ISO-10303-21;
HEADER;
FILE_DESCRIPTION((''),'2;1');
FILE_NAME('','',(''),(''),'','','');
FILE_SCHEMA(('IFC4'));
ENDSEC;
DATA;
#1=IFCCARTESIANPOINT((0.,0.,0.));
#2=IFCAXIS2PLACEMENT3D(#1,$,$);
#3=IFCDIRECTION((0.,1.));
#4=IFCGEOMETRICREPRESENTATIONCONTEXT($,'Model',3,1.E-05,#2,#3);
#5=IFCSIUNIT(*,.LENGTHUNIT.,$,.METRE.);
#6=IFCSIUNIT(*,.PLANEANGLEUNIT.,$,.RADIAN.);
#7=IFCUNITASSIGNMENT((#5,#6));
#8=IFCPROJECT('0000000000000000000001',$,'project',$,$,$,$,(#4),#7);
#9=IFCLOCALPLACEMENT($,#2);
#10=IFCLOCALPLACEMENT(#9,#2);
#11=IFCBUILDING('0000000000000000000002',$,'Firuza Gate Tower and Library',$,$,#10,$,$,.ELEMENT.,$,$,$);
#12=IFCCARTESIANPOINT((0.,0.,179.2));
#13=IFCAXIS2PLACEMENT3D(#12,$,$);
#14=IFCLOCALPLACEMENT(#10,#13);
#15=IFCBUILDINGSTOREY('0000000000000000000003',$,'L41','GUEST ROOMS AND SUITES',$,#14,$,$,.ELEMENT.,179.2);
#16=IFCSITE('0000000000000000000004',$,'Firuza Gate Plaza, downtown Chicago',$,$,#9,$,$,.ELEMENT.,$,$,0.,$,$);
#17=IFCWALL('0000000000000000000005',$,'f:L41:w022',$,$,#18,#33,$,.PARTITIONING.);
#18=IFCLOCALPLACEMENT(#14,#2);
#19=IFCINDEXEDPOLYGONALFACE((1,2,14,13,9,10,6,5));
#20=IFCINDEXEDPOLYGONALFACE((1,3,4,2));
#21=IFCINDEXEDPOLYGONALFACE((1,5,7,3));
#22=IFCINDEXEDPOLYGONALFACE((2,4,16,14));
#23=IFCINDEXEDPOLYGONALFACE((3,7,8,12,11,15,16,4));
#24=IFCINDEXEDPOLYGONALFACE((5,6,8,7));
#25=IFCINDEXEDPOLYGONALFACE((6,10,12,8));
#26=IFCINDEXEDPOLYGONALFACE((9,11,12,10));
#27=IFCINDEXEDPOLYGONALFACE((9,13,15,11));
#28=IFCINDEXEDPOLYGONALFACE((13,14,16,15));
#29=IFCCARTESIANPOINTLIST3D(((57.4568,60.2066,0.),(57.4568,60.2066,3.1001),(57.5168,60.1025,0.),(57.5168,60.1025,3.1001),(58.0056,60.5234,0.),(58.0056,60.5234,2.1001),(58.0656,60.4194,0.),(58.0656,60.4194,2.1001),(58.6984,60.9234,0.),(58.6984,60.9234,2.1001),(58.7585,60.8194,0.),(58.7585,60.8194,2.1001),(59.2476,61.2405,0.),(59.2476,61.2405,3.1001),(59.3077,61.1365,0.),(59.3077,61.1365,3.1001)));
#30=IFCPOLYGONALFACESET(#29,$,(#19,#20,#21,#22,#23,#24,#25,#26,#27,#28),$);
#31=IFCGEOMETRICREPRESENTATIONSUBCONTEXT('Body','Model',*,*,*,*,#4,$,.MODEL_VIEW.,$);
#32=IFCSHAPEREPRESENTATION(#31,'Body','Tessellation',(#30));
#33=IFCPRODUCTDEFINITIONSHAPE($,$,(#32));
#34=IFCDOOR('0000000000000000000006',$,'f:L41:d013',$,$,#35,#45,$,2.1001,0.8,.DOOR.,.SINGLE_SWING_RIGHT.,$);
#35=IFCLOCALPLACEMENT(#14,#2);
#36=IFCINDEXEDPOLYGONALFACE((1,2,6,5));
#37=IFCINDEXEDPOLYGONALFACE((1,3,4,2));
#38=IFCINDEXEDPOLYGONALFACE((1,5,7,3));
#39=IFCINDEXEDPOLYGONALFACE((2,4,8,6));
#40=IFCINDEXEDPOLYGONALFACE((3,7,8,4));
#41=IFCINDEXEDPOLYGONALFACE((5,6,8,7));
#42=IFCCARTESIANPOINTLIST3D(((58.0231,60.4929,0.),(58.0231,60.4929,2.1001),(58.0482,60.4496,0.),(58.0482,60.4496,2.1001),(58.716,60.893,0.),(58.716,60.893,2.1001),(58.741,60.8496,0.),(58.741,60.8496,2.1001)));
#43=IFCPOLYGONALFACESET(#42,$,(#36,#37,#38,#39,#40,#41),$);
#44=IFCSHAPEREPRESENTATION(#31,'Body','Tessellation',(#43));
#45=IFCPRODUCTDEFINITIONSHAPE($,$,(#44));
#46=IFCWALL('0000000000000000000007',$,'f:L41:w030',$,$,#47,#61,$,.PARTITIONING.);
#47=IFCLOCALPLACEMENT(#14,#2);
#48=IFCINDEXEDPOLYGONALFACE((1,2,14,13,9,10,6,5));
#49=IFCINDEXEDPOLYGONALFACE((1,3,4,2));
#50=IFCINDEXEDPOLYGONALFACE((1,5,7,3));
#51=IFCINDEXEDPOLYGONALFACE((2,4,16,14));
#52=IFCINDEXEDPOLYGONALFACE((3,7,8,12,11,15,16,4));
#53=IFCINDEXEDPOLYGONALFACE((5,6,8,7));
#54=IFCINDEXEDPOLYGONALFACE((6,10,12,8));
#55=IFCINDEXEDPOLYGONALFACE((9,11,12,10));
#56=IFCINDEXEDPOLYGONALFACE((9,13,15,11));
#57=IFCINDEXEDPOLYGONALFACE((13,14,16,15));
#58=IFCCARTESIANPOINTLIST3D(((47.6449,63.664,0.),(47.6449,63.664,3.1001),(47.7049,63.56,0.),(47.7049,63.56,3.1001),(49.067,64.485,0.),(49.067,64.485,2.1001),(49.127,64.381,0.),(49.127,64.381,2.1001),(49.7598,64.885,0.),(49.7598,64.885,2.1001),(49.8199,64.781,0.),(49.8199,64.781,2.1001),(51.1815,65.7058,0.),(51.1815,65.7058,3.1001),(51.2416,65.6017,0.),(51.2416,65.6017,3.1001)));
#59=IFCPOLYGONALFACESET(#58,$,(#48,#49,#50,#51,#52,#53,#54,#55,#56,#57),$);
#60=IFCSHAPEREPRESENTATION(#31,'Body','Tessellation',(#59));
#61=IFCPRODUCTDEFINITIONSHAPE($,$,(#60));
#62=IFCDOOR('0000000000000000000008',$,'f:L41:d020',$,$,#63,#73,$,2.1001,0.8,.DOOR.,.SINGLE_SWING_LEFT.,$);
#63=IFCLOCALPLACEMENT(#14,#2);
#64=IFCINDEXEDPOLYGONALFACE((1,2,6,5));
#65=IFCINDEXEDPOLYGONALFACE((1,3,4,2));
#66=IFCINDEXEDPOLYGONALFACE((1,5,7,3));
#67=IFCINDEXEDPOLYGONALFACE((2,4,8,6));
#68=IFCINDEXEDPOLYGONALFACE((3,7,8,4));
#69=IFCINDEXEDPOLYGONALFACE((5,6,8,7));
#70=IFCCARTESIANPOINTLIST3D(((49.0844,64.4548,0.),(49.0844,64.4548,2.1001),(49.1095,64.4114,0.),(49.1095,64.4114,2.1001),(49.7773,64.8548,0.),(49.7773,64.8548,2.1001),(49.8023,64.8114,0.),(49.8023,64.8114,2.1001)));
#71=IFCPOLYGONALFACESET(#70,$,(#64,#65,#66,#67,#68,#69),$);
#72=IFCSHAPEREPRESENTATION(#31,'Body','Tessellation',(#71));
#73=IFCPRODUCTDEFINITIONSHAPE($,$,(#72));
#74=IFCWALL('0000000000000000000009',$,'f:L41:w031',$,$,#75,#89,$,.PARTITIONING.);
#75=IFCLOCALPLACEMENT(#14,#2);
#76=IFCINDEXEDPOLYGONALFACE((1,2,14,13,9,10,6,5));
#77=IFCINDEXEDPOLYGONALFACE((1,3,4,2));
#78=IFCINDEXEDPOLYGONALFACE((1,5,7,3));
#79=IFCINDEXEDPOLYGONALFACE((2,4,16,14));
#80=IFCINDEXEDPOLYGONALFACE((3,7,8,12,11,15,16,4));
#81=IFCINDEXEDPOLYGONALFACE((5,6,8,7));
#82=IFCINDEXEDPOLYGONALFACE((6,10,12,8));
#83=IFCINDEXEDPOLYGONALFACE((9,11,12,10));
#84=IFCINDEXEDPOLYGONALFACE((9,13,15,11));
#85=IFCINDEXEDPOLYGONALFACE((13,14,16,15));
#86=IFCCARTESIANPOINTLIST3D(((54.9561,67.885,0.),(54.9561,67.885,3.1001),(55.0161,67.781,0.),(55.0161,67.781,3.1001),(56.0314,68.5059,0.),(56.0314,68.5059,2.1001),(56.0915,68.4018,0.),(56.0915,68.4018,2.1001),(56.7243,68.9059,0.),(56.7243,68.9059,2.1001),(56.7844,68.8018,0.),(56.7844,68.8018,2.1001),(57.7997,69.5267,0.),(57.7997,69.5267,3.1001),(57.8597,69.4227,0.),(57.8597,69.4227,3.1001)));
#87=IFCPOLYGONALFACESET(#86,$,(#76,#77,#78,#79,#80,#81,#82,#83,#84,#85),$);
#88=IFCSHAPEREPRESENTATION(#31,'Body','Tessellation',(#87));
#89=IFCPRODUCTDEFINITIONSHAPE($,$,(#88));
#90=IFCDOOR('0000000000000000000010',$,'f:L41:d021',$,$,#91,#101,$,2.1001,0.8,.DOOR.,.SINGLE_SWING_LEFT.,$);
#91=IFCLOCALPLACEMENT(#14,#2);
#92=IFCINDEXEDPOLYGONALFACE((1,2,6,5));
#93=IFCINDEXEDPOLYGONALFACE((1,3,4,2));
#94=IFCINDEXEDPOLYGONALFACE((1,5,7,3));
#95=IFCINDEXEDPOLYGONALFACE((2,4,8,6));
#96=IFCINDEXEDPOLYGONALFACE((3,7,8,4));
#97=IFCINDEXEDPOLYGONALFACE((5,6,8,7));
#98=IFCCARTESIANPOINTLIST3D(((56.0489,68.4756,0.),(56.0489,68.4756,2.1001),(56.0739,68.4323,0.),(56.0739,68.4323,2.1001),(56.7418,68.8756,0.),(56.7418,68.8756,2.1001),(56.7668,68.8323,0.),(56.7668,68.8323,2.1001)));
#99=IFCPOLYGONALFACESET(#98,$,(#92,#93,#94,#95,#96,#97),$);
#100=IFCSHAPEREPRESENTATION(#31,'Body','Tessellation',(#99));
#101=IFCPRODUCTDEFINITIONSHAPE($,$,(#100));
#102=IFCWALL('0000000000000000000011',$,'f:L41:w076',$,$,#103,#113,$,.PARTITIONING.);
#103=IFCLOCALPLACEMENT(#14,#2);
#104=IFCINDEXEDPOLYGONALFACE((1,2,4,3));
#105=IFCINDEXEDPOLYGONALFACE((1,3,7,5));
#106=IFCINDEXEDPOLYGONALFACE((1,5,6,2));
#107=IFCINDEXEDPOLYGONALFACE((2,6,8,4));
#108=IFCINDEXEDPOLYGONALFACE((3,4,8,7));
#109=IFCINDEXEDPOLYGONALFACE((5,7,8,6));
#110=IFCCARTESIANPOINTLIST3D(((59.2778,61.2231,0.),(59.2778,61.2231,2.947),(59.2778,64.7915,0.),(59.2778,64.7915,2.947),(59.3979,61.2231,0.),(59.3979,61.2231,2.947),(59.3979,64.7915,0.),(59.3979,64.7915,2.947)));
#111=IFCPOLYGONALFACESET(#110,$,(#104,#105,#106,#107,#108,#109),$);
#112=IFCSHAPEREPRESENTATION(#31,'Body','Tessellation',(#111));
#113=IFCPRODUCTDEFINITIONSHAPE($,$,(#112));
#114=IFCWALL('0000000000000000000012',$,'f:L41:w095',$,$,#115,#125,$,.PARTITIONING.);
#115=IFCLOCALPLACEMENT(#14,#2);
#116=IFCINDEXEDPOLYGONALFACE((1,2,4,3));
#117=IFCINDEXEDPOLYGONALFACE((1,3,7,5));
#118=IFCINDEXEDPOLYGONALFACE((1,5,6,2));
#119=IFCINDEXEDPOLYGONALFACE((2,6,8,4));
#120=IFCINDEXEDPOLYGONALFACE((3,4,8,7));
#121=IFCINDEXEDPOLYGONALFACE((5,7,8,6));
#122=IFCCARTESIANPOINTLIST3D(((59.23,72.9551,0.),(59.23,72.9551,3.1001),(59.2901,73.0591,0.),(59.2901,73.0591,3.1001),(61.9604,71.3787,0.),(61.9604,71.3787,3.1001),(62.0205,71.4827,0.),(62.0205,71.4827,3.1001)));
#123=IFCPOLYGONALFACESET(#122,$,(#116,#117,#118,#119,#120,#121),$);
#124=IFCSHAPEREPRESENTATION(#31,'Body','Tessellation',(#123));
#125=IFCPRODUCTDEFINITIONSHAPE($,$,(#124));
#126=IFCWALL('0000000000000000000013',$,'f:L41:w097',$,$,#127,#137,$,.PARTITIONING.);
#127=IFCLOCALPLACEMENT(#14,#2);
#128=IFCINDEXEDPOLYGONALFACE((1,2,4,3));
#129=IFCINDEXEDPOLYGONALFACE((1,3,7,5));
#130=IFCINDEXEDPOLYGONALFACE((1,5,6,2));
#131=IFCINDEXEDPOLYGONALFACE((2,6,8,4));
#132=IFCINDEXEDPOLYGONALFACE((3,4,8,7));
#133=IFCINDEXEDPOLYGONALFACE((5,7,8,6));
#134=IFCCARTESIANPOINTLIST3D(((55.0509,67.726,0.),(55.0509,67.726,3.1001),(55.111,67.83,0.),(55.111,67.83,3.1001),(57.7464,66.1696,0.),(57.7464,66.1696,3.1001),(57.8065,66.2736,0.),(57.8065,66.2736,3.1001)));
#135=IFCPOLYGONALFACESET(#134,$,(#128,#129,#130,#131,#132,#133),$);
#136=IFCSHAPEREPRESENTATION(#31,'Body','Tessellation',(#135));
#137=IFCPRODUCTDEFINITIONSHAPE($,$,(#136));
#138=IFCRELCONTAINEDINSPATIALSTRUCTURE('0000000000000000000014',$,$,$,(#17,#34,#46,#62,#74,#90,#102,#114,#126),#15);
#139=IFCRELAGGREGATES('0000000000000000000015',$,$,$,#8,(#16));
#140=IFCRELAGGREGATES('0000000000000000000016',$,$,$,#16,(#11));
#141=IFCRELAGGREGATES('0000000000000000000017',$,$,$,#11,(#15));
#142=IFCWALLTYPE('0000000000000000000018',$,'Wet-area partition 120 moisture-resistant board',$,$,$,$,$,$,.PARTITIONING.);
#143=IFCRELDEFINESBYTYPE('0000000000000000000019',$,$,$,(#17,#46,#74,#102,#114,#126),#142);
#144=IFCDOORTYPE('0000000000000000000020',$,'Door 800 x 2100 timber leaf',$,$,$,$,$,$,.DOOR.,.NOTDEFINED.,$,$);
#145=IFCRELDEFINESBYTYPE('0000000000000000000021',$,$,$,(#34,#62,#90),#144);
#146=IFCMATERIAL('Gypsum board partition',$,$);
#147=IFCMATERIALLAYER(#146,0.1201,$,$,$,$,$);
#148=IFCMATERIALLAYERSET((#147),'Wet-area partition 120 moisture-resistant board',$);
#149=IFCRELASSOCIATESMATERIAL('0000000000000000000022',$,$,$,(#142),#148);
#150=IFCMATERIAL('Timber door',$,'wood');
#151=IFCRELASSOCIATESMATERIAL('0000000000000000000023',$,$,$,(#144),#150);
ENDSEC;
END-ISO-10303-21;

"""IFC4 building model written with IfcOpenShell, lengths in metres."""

from ifc_helpers import new_model, si_unit, direction, frame, frame_2d, origin, place, context, subcontext, project, spatial, rectangle, extrude, material, layer, layer_set, type_object, element, fill, save


model = new_model("IFC4")

# Units and contexts
model_context = context("Model", 3, precision=1e-05, world=origin(), true_north=direction((0.0, 1.0)))
body_context = subcontext(model_context, "Body", "Model", "MODEL_VIEW")
ifc_project = project(units=[si_unit("LENGTHUNIT", "METRE"), si_unit("PLANEANGLEUNIT", "RADIAN")], contexts=[model_context])

# Site, building, storey
site_placement = place(None, origin())
site = spatial("IfcSite", under=ifc_project, at=site_placement, Name="Firuza Gate Plaza, downtown Chicago", CompositionType="ELEMENT", RefElevation=0.0)
building_placement = place(site_placement, origin())
building = spatial("IfcBuilding", under=site, at=building_placement, Name="Firuza Gate Tower and Library", CompositionType="ELEMENT")
storey_placement = place(building_placement, frame((0.0, 0.0, 179.2)))
storey = spatial("IfcBuildingStorey", under=building, at=storey_placement, Name="L41", Description="GUEST ROOMS AND SUITES", CompositionType="ELEMENT", Elevation=179.2)

# Walls, openings, doors
ifc_material_1 = material(Name="Gypsum board partition")
ifc_layer_1 = layer(ifc_material_1, 0.1201)
ifc_layer_set_1 = layer_set([ifc_layer_1], Name="Wet-area partition 120 moisture-resistant board")
wall_type_1 = type_object("IfcWallType", Name="Wet-area partition 120 moisture-resistant board", PredefinedType="PARTITIONING", material=ifc_layer_set_1)
ifc_material_2 = material(Name="Timber door", Category="wood")
door_type_1 = type_object("IfcDoorType", Name="Door 800 x 2100 timber leaf", OperationType="NOTDEFINED", PredefinedType="DOOR", material=ifc_material_2)
wall_1_placement = place(storey_placement, frame((57.4868, 60.1545, 0.0), z_axis=(0.0, 0.0, 1.0), x_axis=(0.866018, 0.500012, 0.0)))
wall_1 = element("IfcWall", 1, at=wall_1_placement, inside=storey, type_object=wall_type_1, Name="f:L41:w022", PredefinedType="PARTITIONING", context=body_context, shape_type="SweptSolid", body=[
    extrude(rectangle(XDim=2.0679, YDim=0.1201, at=frame_2d((1.0339, 0.0))), origin(), (0.0, 0.0, 1.0), 3.1001),
])
opening_1_placement = place(wall_1_placement, frame((0.6338, 0.0, 0.0)))
opening_1 = element("IfcOpeningElement", 2, at=opening_1_placement, cuts=wall_1, PredefinedType="OPENING", context=body_context, shape_type="SweptSolid", body=[
    extrude(rectangle(XDim=0.8, YDim=2.1001, at=frame_2d((0.3999, 1.05))), frame((0.0, 0.0701, 0.0), z_axis=(0.0, -1.0, 0.0), x_axis=(1.0, 0.0, 0.0)), (0.0, 0.0, 1.0), 0.1401),
])
door_1_placement = place(opening_1_placement, origin())
door_1 = element("IfcDoor", 3, at=door_1_placement, inside=storey, type_object=door_type_1, Name="f:L41:d013", OperationType="SINGLE_SWING_RIGHT", OverallHeight=2.1001, OverallWidth=0.8, PredefinedType="DOOR", context=body_context, shape_type="SweptSolid", body=[
    extrude(rectangle(XDim=0.8, YDim=2.1001, at=frame_2d((0.3999, 1.05))), frame((0.0, 0.0249, 0.0), z_axis=(0.0, -1.0, 0.0), x_axis=(1.0, 0.0, 0.0)), (0.0, 0.0, 1.0), 0.05),
])
fill(opening_1, door_1)
wall_2_placement = place(storey_placement, frame((51.2117, 65.6538, 0.0), z_axis=(0.0, 0.0, 1.0), x_axis=(-0.866038, -0.499978, 0.0)))
wall_2 = element("IfcWall", 4, at=wall_2_placement, inside=storey, type_object=wall_type_1, Name="f:L41:w030", PredefinedType="PARTITIONING", context=body_context, shape_type="SweptSolid", body=[
    extrude(rectangle(XDim=4.0837, YDim=0.1201, at=frame_2d((2.042, 0.0))), origin(), (0.0, 0.0, 1.0), 3.1001),
])
opening_2_placement = place(wall_2_placement, frame((1.6418, 0.0, 0.0)))
opening_2 = element("IfcOpeningElement", 5, at=opening_2_placement, cuts=wall_2, PredefinedType="OPENING", context=body_context, shape_type="SweptSolid", body=[
    extrude(rectangle(XDim=0.8, YDim=2.1001, at=frame_2d((0.3999, 1.05))), frame((0.0, 0.0701, 0.0), z_axis=(0.0, -1.0, 0.0), x_axis=(1.0, 0.0, 0.0)), (0.0, 0.0, 1.0), 0.1401),
])
door_2_placement = place(opening_2_placement, origin())
door_2 = element("IfcDoor", 6, at=door_2_placement, inside=storey, type_object=door_type_1, Name="f:L41:d020", OperationType="SINGLE_SWING_LEFT", OverallHeight=2.1001, OverallWidth=0.8, PredefinedType="DOOR", context=body_context, shape_type="SweptSolid", body=[
    extrude(rectangle(XDim=0.8, YDim=2.1001, at=frame_2d((0.3999, 1.05))), frame((0.0, 0.0249, 0.0), z_axis=(0.0, -1.0, 0.0), x_axis=(1.0, 0.0, 0.0)), (0.0, 0.0, 1.0), 0.05),
])
fill(opening_2, door_2)
wall_3_placement = place(storey_placement, frame((57.8296, 69.4746, 0.0), z_axis=(0.0, 0.0, 1.0), x_axis=(-0.866038, -0.499978, 0.0)))
wall_3 = element("IfcWall", 7, at=wall_3_placement, inside=storey, type_object=wall_type_1, Name="f:L41:w031", PredefinedType="PARTITIONING", context=body_context, shape_type="SweptSolid", body=[
    extrude(rectangle(XDim=3.2834, YDim=0.1201, at=frame_2d((1.6416, 0.0))), origin(), (0.0, 0.0, 1.0), 3.1001),
])
opening_3_placement = place(wall_3_placement, frame((1.2417, 0.0, 0.0)))
opening_3 = element("IfcOpeningElement", 8, at=opening_3_placement, cuts=wall_3, PredefinedType="OPENING", context=body_context, shape_type="SweptSolid", body=[
    extrude(rectangle(XDim=0.8, YDim=2.1001, at=frame_2d((0.3999, 1.05))), frame((0.0, 0.0701, 0.0), z_axis=(0.0, -1.0, 0.0), x_axis=(1.0, 0.0, 0.0)), (0.0, 0.0, 1.0), 0.1401),
])
door_3_placement = place(opening_3_placement, origin())
door_3 = element("IfcDoor", 9, at=door_3_placement, inside=storey, type_object=door_type_1, Name="f:L41:d021", OperationType="SINGLE_SWING_LEFT", OverallHeight=2.1001, OverallWidth=0.8, PredefinedType="DOOR", context=body_context, shape_type="SweptSolid", body=[
    extrude(rectangle(XDim=0.8, YDim=2.1001, at=frame_2d((0.3999, 1.05))), frame((0.0, 0.0249, 0.0), z_axis=(0.0, -1.0, 0.0), x_axis=(1.0, 0.0, 0.0)), (0.0, 0.0, 1.0), 0.05),
])
fill(opening_3, door_3)

# Walls
wall_4_placement = place(storey_placement, frame((59.3379, 61.2231, 0.0), z_axis=(0.0, 0.0, 1.0), x_axis=(0.0, 1.0, 0.0)))
element("IfcWall", 10, at=wall_4_placement, inside=storey, type_object=wall_type_1, Name="f:L41:w076", PredefinedType="PARTITIONING", context=body_context, shape_type="SweptSolid", body=[
    extrude(rectangle(XDim=3.5684, YDim=0.1201, at=frame_2d((1.7842, 0.0))), origin(), (0.0, 0.0, 1.0), 2.947),
])
wall_5_placement = place(storey_placement, frame((61.9905, 71.4307, 0.0), z_axis=(0.0, 0.0, 1.0), x_axis=(-0.866028, 0.499995, 0.0)))
element("IfcWall", 11, at=wall_5_placement, inside=storey, type_object=wall_type_1, Name="f:L41:w095", PredefinedType="PARTITIONING", context=body_context, shape_type="SweptSolid", body=[
    extrude(rectangle(XDim=3.1528, YDim=0.1201, at=frame_2d((1.5764, 0.0))), origin(), (0.0, 0.0, 1.0), 3.1001),
])
wall_6_placement = place(storey_placement, frame((57.7764, 66.2217, 0.0), z_axis=(0.0, 0.0, 1.0), x_axis=(-0.866009, 0.500028, 0.0)))
element("IfcWall", 12, at=wall_6_placement, inside=storey, type_object=wall_type_1, Name="f:L41:w097", PredefinedType="PARTITIONING", context=body_context, shape_type="SweptSolid", body=[
    extrude(rectangle(XDim=3.1125, YDim=0.1201, at=frame_2d((1.5562, 0.0))), origin(), (0.0, 0.0, 1.0), 3.1001),
])

save(model, "model.ifc")
